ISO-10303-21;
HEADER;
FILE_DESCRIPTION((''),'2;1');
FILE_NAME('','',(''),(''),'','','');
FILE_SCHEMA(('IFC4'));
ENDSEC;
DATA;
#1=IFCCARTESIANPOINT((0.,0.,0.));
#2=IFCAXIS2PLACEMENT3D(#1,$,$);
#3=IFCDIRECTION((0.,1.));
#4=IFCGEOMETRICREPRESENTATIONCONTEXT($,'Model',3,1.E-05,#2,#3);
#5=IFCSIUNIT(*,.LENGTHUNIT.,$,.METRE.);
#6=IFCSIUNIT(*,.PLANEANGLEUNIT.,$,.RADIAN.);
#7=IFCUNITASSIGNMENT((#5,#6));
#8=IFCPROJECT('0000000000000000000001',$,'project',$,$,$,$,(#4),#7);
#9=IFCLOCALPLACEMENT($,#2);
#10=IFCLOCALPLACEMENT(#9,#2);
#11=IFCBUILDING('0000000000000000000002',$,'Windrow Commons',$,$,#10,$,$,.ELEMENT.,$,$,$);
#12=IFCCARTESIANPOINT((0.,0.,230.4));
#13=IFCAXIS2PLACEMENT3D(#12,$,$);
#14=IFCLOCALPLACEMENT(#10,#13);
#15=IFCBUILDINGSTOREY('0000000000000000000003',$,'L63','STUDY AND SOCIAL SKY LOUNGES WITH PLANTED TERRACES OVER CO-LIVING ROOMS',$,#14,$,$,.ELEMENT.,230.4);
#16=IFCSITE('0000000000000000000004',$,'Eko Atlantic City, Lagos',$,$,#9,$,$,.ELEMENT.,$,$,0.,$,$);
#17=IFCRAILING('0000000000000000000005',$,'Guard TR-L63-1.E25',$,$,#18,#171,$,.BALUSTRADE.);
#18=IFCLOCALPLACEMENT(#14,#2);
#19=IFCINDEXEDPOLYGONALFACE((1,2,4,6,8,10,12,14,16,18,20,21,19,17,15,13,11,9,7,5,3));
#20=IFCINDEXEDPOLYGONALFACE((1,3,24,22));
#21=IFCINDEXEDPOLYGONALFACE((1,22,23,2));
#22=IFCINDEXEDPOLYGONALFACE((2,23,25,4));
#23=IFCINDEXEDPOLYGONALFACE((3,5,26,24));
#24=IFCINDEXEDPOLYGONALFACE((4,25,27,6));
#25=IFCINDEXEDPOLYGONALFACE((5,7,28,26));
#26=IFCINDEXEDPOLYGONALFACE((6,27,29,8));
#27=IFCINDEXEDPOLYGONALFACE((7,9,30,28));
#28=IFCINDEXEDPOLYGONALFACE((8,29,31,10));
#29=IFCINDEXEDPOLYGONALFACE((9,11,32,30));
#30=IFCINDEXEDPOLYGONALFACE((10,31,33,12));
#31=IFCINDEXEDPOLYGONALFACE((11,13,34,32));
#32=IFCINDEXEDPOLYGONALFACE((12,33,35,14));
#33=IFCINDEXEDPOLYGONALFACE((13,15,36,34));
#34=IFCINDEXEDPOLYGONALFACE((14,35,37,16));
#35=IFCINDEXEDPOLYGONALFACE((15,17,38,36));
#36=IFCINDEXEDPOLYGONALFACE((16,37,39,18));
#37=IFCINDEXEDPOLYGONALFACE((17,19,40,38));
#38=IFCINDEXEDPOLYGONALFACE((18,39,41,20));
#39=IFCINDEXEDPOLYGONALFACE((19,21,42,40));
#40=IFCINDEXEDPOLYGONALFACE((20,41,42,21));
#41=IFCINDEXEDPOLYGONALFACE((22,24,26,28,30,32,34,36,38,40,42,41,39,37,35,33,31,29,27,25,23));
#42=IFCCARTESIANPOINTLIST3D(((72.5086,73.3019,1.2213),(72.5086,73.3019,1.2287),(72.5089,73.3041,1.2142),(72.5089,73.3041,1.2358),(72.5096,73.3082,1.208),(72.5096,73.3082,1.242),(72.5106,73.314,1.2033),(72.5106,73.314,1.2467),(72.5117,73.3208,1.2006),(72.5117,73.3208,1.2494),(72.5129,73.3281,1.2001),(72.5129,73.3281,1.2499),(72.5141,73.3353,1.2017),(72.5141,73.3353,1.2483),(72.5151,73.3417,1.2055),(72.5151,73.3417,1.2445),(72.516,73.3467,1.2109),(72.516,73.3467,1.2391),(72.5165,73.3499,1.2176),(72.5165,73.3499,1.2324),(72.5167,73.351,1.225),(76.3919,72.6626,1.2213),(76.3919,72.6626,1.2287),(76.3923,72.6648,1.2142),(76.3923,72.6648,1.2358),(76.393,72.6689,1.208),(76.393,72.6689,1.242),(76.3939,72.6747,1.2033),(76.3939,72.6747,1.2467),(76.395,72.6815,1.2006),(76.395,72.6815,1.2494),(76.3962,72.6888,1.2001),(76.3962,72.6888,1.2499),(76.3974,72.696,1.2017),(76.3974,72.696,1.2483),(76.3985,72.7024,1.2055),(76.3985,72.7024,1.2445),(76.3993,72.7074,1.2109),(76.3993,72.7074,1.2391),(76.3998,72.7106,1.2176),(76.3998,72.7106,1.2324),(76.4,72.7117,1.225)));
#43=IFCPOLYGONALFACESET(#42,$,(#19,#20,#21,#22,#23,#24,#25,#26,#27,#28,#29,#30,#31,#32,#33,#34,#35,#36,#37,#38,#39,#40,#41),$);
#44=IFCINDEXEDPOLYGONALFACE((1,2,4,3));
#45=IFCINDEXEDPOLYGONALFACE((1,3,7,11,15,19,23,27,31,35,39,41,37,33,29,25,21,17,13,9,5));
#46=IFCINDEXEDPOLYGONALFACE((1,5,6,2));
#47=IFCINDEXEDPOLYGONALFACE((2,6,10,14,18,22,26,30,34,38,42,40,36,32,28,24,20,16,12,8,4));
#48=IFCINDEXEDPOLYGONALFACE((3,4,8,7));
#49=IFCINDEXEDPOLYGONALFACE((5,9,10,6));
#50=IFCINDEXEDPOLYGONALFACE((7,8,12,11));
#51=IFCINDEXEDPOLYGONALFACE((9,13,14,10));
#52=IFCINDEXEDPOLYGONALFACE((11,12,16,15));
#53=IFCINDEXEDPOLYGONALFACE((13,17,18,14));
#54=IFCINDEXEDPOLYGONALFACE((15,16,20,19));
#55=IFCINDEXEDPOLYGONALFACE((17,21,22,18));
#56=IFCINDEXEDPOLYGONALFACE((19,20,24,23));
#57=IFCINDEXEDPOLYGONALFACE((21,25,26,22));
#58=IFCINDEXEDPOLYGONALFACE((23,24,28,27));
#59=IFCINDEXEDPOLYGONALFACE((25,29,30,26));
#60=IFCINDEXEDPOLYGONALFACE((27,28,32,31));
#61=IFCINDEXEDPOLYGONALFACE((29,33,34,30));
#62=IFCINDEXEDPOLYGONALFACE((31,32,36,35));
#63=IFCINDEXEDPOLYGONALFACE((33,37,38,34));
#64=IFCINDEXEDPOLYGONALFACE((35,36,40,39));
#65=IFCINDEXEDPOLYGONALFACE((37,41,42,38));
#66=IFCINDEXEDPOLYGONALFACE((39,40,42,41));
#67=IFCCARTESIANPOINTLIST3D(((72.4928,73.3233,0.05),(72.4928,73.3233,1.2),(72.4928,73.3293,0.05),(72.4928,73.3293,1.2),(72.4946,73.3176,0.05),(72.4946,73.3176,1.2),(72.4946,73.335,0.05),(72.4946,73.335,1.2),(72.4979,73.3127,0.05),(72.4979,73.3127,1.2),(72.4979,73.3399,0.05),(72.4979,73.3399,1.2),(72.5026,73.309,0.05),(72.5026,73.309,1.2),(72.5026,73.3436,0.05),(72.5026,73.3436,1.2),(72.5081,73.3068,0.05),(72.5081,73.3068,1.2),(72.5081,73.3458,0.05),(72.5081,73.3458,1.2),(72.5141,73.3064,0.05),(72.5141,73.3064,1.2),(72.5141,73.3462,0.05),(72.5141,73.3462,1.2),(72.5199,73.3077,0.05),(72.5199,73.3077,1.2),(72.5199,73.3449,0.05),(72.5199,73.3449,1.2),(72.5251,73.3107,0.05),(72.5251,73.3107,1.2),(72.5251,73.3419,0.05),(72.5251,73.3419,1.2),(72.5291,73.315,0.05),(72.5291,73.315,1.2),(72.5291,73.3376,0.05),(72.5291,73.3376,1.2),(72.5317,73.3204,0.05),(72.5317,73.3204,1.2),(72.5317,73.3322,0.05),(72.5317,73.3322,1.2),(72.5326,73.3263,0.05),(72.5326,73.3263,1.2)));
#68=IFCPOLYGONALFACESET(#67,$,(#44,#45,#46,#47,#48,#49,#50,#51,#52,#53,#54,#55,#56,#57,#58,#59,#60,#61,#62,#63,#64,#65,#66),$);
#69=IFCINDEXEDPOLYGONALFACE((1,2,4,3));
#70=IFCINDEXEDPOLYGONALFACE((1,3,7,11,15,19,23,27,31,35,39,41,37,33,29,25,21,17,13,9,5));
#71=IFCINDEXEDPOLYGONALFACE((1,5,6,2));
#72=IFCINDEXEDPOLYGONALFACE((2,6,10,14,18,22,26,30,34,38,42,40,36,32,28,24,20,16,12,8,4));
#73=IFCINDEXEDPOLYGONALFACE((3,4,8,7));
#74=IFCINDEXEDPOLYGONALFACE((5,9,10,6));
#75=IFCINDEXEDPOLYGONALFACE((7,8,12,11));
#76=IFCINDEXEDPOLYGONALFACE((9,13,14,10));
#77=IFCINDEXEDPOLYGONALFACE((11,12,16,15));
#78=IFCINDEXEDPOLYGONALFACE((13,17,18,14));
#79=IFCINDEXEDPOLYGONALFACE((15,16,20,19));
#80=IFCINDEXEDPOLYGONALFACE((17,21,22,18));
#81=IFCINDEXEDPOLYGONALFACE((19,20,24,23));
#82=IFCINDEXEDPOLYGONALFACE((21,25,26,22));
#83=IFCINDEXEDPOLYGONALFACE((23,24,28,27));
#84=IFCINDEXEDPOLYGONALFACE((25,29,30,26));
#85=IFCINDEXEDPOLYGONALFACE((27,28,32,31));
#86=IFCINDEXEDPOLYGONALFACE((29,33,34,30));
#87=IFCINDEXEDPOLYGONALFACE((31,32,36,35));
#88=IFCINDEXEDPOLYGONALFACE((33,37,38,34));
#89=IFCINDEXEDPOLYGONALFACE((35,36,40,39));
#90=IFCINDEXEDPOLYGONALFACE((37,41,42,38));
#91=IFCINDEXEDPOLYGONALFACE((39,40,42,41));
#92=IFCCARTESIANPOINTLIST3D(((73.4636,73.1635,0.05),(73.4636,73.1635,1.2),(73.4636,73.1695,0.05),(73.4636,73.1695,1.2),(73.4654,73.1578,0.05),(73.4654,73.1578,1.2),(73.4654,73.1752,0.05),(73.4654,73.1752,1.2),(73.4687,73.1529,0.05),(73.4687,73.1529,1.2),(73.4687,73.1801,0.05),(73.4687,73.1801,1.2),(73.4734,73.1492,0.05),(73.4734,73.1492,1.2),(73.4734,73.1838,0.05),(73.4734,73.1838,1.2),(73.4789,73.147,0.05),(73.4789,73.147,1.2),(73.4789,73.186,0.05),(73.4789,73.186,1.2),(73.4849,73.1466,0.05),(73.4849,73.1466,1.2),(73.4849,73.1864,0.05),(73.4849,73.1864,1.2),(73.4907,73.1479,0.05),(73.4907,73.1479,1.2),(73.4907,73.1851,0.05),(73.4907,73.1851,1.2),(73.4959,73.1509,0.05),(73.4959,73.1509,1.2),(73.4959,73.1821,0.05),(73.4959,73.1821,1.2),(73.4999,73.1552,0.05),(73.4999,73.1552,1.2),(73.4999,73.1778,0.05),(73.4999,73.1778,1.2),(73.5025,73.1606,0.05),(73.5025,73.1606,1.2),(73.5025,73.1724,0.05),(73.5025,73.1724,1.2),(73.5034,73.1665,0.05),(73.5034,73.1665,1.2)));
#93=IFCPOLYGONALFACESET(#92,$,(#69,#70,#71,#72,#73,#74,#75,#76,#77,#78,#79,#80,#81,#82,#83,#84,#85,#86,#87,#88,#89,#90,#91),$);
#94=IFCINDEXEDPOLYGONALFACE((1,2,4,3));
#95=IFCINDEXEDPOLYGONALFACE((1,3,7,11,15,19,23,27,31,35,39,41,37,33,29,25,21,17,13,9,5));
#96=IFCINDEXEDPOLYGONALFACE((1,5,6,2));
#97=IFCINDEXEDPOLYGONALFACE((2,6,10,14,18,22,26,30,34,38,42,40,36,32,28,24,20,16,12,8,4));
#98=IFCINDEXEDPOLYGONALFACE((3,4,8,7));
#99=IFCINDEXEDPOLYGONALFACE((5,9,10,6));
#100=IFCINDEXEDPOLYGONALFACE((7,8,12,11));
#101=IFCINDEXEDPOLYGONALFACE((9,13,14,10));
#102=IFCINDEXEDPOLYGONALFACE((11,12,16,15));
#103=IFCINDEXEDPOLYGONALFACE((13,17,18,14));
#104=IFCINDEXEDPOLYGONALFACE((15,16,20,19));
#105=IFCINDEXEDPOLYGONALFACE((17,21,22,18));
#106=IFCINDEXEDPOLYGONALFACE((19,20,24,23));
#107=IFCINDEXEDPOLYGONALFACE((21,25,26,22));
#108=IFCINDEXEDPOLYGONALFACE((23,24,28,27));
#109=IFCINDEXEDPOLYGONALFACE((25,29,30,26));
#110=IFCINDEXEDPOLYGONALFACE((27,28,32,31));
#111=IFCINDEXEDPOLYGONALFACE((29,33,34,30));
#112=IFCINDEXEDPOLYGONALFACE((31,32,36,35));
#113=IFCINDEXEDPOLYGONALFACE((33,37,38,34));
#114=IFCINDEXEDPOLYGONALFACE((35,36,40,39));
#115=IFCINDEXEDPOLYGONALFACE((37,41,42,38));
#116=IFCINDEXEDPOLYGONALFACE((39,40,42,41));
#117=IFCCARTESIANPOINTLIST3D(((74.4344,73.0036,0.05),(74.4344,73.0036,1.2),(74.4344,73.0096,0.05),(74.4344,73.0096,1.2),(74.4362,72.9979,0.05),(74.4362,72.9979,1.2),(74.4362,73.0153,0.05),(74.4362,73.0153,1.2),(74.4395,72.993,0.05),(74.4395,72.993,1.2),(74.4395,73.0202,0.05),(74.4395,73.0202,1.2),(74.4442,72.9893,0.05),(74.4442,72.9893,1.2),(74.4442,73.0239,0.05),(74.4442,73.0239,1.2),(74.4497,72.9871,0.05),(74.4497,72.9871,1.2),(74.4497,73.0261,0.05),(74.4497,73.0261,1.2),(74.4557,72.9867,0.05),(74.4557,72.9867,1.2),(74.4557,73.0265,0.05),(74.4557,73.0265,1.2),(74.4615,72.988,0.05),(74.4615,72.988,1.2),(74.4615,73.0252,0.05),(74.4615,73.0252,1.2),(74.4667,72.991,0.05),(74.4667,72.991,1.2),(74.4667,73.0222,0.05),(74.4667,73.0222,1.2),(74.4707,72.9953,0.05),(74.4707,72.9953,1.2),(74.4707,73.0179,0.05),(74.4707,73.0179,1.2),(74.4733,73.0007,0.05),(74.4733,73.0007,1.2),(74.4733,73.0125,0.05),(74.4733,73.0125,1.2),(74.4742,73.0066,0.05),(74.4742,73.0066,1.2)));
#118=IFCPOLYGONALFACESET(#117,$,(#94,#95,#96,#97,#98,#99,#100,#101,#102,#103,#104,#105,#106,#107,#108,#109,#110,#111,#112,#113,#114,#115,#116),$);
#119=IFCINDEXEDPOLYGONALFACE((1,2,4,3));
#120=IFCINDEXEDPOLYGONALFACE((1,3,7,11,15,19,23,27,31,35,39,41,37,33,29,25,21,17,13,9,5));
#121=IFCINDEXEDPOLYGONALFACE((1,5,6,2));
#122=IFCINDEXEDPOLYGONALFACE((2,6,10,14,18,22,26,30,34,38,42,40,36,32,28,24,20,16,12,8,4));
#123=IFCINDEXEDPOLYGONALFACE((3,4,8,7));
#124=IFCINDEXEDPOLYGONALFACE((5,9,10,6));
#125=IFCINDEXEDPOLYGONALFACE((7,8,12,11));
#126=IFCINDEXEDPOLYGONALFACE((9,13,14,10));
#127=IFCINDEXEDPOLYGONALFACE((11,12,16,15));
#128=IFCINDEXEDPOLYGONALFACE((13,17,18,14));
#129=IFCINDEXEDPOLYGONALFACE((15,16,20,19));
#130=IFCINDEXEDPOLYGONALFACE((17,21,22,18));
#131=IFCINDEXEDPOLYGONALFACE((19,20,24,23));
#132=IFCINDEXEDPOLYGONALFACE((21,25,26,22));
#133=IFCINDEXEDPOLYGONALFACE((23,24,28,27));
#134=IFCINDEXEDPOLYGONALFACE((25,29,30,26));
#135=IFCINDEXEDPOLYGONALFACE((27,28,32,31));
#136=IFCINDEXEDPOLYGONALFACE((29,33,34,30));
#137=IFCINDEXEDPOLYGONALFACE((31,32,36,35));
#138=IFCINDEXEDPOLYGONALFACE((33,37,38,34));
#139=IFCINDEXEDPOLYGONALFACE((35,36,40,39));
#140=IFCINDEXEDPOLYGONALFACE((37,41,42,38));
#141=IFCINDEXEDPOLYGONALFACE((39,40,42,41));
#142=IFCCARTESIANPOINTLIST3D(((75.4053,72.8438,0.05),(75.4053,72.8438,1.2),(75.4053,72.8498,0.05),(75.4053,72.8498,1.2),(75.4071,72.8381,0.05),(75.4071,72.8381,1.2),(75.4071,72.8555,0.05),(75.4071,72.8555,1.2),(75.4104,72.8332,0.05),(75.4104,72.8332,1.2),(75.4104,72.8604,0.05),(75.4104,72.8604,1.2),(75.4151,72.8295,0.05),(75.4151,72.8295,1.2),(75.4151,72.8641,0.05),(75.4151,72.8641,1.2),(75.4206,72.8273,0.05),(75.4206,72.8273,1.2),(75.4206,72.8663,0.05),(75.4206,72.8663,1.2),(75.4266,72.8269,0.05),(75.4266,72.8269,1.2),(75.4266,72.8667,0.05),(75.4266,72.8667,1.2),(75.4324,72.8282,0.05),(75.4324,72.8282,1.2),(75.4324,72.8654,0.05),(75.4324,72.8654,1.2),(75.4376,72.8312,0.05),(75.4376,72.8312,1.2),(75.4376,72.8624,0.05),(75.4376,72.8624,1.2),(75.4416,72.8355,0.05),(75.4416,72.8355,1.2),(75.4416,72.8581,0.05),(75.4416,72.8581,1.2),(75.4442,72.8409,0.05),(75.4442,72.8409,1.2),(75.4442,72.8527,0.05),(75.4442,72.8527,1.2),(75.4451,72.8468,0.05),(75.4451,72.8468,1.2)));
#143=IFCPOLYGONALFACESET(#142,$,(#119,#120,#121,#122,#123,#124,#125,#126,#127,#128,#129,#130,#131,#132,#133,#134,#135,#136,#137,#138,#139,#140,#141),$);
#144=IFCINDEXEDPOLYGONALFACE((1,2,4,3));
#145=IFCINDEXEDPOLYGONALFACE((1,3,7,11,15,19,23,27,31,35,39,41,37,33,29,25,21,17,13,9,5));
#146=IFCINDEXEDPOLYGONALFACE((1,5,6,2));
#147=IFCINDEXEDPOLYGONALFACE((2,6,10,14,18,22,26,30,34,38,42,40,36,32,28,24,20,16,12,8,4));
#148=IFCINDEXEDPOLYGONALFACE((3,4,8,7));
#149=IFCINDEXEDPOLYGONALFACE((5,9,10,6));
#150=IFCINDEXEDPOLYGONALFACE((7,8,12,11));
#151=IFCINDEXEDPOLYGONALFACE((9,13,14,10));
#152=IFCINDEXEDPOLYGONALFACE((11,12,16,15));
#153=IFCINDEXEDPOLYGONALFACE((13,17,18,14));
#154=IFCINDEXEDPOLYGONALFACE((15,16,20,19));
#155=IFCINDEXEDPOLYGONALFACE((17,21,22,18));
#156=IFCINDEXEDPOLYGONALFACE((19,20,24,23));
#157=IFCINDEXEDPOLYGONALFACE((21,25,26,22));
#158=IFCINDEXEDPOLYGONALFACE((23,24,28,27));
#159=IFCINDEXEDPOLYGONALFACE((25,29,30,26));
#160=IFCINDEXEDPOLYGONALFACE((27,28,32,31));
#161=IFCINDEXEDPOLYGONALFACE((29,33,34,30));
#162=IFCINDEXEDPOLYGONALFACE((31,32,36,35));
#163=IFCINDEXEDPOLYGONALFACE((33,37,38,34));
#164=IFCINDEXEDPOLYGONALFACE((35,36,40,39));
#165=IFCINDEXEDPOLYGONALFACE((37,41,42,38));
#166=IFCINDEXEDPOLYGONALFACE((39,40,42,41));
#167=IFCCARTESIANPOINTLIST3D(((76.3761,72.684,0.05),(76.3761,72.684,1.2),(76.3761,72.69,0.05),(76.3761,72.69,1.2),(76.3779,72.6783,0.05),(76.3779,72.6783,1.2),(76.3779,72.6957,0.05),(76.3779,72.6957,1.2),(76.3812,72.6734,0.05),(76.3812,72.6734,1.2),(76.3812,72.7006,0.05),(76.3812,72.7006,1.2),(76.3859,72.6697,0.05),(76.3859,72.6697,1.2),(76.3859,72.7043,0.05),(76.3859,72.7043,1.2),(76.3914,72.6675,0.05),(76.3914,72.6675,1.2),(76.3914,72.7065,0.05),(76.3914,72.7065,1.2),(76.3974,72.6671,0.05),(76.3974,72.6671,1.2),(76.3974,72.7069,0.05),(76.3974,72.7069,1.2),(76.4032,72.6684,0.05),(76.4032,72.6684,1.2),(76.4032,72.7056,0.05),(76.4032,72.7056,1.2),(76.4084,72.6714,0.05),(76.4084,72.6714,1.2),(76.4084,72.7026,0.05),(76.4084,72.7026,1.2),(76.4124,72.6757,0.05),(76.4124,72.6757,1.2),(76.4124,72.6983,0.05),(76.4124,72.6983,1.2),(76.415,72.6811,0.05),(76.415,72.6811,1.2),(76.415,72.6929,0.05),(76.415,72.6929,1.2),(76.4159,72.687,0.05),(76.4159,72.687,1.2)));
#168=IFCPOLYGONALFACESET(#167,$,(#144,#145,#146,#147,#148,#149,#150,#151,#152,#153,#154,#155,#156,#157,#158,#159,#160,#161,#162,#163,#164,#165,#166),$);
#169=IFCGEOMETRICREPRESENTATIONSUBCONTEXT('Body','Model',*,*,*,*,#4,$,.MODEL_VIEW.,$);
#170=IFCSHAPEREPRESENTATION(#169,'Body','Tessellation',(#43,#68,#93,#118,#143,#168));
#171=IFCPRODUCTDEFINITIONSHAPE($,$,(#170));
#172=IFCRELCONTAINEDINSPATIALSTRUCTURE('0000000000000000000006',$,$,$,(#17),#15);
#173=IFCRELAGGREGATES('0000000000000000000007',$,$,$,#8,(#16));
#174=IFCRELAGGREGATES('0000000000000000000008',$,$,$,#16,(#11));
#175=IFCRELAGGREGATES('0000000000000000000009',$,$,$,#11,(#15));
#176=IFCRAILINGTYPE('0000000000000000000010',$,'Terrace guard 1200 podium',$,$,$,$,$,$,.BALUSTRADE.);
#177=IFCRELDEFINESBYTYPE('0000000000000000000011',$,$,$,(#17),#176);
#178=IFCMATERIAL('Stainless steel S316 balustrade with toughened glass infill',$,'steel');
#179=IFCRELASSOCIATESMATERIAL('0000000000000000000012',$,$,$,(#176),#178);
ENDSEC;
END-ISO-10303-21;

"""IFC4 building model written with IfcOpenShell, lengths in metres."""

from ifc_helpers import new_model, si_unit, direction, frame, origin, origin_2d, place, context, subcontext, project, spatial, circle, extrude, material, type_object, element, save


model = new_model("IFC4")

# Units and contexts
model_context = context("Model", 3, precision=1e-05, world=origin(), true_north=direction((0.0, 1.0)))
body_context = subcontext(model_context, "Body", "Model", "MODEL_VIEW")
ifc_project = project(units=[si_unit("LENGTHUNIT", "METRE"), si_unit("PLANEANGLEUNIT", "RADIAN")], contexts=[model_context])

# Site, building, storey
site_placement = place(None, origin())
site = spatial("IfcSite", under=ifc_project, at=site_placement, Name="Eko Atlantic City, Lagos", CompositionType="ELEMENT", RefElevation=0.0)
building_placement = place(site_placement, origin())
building = spatial("IfcBuilding", under=site, at=building_placement, Name="Windrow Commons", CompositionType="ELEMENT")
storey_placement = place(building_placement, frame((0.0, 0.0, 230.4)))
storey = spatial("IfcBuildingStorey", under=building, at=storey_placement, Name="L63", Description="STUDY AND SOCIAL SKY LOUNGES WITH PLANTED TERRACES OVER CO-LIVING ROOMS", CompositionType="ELEMENT", Elevation=230.4)

# Railing
ifc_material_1 = material(Name="Stainless steel S316 balustrade with toughened glass infill", Category="steel")
railing_type_1 = type_object("IfcRailingType", Name="Terrace guard 1200 podium", PredefinedType="BALUSTRADE", material=ifc_material_1)
railing_1_placement = place(storey_placement, frame((72.5126, 73.3263, 0.05)))
element("IfcRailing", 1, at=railing_1_placement, inside=storey, type_object=railing_type_1, Name="Guard TR-L63-1.E25", PredefinedType="BALUSTRADE", context=body_context, shape_type="SweptSolid", body=[
    extrude(circle(Radius=0.025, at=origin_2d()), frame((0.0, 0.0, 1.175), z_axis=(0.986718, -0.162441, 0.0), x_axis=(0.162441, 0.986718, 0.0)), (0.0, 0.0, 1.0), 3.9356),
    extrude(circle(Radius=0.02, at=origin_2d()), origin(), (0.0, 0.0, 1.0), 1.15),
    extrude(circle(Radius=0.02, at=origin_2d()), frame((0.9708, -0.1598, 0.0)), (0.0, 0.0, 1.0), 1.15),
    extrude(circle(Radius=0.02, at=origin_2d()), frame((1.9416, -0.3197, 0.0)), (0.0, 0.0, 1.0), 1.15),
    extrude(circle(Radius=0.02, at=origin_2d()), frame((2.9125, -0.4795, 0.0)), (0.0, 0.0, 1.0), 1.15),
    extrude(circle(Radius=0.02, at=origin_2d()), frame((3.8833, -0.6393, 0.0)), (0.0, 0.0, 1.0), 1.15),
])

save(model, "model.ifc")
